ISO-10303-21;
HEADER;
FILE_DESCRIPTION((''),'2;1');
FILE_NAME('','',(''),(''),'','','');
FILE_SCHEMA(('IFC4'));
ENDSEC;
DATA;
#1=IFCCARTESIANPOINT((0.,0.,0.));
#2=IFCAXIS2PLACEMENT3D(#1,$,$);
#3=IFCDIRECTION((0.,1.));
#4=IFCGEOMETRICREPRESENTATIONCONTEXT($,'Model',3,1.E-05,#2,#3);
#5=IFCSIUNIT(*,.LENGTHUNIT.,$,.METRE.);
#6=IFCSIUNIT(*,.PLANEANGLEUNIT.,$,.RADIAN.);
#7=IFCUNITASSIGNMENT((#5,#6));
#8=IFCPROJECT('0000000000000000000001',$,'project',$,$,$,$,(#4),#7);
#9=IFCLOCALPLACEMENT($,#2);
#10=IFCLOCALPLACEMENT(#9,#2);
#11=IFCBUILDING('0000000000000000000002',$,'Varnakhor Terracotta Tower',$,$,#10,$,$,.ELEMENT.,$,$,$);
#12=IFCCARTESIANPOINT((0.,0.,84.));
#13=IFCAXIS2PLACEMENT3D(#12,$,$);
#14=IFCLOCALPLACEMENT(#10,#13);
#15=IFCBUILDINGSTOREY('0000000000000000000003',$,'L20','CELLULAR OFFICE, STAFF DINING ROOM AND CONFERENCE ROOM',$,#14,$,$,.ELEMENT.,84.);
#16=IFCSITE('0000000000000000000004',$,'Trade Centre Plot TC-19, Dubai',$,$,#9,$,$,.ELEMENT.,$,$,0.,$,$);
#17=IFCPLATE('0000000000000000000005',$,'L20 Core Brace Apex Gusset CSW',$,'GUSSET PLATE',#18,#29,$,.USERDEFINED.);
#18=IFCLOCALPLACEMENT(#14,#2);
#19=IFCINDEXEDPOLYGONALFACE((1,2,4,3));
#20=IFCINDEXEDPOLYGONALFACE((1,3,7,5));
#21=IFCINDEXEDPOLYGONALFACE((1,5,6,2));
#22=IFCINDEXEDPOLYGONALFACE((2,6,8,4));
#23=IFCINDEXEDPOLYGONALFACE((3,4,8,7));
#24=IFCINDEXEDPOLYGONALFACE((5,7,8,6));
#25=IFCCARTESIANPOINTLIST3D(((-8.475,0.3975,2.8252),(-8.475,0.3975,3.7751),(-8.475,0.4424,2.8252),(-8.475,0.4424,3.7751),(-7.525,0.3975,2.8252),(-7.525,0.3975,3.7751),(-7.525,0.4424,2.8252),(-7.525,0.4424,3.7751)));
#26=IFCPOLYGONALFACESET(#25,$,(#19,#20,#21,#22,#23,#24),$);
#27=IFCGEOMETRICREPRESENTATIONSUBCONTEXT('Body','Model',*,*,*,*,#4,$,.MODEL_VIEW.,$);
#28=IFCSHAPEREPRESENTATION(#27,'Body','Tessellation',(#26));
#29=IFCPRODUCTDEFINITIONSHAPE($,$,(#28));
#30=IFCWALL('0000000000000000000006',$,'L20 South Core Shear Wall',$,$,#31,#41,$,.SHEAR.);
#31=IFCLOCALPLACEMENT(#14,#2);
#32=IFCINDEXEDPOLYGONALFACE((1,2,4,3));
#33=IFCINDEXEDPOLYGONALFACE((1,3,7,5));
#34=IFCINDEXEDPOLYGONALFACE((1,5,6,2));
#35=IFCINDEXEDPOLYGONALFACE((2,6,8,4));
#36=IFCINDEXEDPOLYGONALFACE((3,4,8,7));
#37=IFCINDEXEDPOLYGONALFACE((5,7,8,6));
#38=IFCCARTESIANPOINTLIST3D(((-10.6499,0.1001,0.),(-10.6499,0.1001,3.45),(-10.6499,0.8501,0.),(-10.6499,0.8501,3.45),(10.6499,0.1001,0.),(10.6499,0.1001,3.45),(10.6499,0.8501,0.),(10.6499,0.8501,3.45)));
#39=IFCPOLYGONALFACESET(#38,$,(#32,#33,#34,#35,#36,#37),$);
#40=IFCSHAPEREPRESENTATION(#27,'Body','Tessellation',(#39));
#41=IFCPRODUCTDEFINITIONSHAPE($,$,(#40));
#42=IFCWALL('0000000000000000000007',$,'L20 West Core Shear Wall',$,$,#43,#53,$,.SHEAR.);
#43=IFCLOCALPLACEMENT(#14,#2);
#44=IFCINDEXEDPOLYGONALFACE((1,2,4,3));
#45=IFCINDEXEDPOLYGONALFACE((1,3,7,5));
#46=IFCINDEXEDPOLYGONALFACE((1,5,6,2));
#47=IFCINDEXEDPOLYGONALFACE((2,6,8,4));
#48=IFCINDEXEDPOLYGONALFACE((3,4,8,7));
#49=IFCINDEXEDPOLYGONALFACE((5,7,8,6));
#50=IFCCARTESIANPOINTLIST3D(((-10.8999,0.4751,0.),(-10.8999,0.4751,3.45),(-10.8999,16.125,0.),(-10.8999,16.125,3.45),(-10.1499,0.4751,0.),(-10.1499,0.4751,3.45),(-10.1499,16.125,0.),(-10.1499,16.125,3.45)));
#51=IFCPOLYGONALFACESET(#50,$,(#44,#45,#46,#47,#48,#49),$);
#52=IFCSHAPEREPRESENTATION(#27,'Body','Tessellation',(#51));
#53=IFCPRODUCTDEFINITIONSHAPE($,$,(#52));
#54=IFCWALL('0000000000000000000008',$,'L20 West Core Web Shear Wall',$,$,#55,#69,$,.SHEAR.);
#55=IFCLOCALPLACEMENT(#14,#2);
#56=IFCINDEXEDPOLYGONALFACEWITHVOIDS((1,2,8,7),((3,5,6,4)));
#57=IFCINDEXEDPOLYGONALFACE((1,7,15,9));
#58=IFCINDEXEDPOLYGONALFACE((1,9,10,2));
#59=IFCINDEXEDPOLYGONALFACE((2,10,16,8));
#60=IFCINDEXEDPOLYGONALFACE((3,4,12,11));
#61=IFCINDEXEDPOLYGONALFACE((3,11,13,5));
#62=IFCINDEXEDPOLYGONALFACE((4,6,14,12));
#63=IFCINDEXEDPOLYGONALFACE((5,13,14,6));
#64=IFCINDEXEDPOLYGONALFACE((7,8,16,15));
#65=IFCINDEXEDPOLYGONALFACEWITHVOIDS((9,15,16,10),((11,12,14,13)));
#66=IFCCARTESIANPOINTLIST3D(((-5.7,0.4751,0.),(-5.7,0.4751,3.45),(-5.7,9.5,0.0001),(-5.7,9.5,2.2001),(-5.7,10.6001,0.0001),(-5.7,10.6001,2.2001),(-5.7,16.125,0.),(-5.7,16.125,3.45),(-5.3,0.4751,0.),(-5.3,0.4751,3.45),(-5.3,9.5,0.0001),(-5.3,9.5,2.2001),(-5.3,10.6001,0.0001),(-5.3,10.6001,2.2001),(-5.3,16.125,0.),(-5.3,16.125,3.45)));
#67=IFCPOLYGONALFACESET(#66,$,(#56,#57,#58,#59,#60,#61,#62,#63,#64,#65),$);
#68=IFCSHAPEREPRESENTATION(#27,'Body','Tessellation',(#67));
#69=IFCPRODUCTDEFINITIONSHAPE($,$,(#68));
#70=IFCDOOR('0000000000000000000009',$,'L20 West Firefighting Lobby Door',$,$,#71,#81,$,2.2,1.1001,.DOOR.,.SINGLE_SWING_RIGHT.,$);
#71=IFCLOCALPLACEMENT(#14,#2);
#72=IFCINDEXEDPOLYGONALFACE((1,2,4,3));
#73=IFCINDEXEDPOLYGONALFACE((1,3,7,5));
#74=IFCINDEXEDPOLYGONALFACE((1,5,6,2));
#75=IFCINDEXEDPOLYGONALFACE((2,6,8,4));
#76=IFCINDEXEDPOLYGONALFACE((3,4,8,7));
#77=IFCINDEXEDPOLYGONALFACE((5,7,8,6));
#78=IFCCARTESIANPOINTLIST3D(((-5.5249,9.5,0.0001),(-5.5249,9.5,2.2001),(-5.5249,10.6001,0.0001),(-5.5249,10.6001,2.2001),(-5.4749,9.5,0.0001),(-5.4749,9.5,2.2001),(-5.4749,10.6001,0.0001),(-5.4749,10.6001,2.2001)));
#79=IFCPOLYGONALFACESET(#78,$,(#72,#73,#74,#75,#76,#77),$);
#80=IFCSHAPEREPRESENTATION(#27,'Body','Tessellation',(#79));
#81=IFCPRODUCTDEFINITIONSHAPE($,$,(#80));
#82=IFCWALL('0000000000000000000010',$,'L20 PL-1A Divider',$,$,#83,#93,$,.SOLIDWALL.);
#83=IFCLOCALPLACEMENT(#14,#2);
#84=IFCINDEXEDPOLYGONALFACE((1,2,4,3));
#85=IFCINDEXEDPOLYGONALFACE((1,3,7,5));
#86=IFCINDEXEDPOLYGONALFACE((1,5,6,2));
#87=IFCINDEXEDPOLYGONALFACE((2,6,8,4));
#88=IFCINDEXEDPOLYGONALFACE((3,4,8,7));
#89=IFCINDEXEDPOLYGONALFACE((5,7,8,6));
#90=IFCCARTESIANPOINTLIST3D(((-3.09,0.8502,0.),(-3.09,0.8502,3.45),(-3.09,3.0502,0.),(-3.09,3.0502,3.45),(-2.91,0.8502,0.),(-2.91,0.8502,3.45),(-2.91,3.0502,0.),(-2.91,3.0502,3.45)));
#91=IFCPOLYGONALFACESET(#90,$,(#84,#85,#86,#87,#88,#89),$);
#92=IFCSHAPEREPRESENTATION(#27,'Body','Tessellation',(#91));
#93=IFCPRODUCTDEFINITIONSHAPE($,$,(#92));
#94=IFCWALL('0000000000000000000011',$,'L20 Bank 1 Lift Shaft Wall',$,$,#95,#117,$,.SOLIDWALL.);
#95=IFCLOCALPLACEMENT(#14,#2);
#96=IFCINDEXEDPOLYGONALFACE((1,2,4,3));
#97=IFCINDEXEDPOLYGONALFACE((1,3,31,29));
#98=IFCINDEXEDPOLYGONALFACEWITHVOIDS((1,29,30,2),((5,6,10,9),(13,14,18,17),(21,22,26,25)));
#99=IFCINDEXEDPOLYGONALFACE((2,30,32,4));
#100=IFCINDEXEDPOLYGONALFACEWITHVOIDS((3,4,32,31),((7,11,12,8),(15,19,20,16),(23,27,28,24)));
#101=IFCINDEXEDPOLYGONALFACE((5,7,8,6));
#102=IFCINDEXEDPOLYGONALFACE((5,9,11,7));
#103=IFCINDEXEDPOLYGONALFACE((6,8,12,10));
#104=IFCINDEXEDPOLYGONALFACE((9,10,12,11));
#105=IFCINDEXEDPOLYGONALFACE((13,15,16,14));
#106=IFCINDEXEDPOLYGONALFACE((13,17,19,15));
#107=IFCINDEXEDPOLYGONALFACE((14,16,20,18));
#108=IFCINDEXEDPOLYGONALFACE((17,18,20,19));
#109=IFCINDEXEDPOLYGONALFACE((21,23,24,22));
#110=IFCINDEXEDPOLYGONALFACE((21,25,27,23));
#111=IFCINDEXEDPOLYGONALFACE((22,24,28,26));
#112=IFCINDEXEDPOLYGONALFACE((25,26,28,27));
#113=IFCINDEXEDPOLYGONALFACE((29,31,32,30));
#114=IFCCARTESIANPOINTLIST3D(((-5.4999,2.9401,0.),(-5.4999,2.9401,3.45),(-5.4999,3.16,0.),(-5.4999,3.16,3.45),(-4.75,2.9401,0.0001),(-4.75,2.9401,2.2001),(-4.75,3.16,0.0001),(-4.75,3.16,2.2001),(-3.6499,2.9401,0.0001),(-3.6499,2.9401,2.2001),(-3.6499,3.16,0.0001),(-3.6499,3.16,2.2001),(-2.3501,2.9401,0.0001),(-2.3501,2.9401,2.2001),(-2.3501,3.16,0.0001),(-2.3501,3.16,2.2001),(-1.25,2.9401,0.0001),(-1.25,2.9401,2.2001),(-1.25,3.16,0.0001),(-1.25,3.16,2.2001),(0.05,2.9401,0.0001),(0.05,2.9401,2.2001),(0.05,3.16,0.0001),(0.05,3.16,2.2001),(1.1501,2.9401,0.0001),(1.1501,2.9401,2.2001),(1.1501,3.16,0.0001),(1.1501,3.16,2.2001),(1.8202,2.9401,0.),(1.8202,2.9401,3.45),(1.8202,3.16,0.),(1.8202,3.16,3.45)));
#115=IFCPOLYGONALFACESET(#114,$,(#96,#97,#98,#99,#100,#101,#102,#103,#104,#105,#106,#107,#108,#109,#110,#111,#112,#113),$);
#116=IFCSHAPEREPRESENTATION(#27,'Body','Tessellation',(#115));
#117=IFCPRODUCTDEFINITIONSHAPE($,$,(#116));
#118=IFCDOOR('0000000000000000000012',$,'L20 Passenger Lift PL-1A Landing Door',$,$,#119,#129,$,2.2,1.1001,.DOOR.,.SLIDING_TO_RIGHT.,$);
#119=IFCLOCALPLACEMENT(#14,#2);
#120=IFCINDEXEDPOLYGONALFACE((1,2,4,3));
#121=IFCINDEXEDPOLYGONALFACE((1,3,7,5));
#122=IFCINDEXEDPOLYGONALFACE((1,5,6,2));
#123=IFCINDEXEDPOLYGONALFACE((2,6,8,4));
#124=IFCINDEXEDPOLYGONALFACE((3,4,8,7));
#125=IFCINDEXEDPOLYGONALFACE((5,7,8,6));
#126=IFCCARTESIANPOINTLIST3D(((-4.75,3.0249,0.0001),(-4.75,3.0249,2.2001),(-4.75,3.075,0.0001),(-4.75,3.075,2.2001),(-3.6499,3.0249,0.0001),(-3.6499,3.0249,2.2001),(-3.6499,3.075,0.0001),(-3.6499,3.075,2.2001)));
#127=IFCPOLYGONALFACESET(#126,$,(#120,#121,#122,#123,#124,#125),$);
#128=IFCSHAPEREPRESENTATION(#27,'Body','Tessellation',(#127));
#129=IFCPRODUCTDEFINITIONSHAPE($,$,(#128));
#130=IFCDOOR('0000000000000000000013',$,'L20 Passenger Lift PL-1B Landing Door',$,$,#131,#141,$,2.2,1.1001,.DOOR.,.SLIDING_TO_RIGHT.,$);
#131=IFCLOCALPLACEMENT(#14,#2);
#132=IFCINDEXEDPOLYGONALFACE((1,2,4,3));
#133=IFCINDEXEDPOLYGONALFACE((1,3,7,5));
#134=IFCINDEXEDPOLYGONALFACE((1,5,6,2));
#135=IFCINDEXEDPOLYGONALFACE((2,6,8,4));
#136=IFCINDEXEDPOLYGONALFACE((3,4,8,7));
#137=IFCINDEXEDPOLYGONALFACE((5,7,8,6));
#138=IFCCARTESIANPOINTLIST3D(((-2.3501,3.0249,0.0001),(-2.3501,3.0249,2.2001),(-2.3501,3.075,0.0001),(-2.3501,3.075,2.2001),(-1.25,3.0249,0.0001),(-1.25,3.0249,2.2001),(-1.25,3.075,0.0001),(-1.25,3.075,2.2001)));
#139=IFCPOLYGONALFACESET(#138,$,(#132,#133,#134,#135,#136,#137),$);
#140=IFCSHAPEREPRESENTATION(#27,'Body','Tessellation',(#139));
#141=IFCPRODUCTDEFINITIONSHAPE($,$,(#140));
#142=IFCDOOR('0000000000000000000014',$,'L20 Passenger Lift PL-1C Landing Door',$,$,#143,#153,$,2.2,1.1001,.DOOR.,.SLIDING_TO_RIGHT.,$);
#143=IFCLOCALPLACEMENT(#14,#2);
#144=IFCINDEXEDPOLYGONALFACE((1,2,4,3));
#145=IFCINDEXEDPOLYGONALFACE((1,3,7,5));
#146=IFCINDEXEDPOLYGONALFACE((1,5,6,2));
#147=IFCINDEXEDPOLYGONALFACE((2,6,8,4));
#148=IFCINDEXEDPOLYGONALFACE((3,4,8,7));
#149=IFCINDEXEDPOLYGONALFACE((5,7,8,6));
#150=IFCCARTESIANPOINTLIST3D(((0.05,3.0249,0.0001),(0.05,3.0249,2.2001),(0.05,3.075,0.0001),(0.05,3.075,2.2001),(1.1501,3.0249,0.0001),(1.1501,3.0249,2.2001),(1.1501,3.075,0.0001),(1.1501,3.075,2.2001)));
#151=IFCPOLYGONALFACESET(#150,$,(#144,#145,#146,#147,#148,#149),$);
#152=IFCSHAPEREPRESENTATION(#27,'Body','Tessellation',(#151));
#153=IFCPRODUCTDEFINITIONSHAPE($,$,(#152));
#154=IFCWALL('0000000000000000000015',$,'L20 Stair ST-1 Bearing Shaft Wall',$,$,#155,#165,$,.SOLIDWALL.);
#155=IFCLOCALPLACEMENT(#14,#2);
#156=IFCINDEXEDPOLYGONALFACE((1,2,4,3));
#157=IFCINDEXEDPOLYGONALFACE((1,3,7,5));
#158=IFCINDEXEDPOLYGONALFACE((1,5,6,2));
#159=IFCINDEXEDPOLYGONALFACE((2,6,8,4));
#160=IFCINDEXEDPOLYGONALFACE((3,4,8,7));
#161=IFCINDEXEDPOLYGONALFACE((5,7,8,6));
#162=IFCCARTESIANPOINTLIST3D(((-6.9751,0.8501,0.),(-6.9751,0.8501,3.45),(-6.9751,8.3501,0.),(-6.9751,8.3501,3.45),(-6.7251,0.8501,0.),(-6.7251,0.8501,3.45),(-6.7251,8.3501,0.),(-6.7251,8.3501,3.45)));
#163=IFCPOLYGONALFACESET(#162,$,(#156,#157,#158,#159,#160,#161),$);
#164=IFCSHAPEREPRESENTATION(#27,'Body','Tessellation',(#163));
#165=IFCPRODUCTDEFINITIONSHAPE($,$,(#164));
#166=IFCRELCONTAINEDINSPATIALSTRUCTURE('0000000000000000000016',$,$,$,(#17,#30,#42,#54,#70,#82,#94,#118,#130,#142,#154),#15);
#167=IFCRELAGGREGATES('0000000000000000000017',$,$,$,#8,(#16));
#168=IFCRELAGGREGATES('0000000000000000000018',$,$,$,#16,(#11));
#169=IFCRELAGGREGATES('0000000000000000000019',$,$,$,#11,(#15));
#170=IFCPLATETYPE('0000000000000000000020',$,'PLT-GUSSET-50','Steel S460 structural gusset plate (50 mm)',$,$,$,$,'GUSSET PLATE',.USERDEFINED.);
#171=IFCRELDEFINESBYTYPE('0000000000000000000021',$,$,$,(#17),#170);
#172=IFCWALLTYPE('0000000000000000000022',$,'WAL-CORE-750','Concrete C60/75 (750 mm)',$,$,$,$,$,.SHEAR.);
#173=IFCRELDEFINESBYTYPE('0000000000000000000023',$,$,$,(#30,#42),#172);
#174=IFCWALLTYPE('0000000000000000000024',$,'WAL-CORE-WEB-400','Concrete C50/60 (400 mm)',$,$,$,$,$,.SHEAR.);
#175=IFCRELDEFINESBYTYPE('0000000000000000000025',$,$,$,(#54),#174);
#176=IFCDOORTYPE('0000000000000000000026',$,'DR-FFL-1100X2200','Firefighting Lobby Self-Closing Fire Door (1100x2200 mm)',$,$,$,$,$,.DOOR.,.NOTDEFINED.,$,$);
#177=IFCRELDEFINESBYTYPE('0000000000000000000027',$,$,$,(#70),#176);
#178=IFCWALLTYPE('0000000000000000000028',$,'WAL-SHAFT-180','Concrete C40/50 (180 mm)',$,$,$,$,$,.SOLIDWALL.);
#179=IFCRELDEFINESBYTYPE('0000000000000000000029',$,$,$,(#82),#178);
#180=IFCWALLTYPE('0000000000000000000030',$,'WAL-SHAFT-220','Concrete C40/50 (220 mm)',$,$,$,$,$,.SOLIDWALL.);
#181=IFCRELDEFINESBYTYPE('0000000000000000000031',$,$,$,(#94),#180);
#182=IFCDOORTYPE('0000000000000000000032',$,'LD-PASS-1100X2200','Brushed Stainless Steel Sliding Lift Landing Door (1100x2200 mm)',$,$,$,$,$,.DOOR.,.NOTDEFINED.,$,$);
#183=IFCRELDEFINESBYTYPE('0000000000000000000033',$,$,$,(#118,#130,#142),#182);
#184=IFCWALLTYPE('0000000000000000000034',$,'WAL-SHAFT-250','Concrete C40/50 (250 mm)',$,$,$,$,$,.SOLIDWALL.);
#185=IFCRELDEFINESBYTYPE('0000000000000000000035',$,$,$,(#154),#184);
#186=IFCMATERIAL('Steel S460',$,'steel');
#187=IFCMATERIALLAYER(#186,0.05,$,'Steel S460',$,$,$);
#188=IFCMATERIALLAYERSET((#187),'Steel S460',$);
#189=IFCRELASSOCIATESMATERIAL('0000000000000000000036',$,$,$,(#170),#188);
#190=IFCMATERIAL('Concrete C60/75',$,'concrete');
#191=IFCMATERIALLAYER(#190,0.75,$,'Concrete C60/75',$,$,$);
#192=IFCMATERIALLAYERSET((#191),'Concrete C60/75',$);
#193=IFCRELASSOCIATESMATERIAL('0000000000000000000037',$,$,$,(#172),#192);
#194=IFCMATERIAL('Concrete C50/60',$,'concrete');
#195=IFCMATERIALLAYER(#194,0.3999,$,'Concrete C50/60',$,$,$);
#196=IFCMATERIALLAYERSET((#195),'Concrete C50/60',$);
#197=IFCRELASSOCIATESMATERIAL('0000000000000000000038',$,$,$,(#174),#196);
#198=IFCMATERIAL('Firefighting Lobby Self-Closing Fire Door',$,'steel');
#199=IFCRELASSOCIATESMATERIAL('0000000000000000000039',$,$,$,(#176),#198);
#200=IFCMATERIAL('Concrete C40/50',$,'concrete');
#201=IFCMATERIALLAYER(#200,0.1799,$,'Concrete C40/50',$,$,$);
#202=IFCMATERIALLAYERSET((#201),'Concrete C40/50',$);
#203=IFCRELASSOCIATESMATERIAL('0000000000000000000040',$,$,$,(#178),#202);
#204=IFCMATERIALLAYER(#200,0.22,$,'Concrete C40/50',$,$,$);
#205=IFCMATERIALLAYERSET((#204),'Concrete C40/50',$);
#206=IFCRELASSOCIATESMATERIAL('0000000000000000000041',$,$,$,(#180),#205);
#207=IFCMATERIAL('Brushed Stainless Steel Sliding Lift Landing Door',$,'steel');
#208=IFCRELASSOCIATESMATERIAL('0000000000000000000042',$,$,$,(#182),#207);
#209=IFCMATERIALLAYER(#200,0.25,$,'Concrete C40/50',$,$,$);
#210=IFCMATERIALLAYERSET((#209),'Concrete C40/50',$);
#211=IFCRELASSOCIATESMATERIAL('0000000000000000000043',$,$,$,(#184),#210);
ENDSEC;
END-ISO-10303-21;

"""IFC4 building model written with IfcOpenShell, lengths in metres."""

from ifc_helpers import new_model, si_unit, direction, frame, frame_2d, origin, origin_2d, place, context, subcontext, project, spatial, rectangle, extrude, source, transform, mapped, material, layer, layer_set, type_object, type_shapes, element, fill, save


model = new_model("IFC4")

# Units and contexts
model_context = context("Model", 3, precision=1e-05, world=origin(), true_north=direction((0.0, 1.0)))
body_context = subcontext(model_context, "Body", "Model", "MODEL_VIEW")
ifc_project = project(units=[si_unit("LENGTHUNIT", "METRE"), si_unit("PLANEANGLEUNIT", "RADIAN")], contexts=[model_context])

# Site, building, storey
site_placement = place(None, origin())
site = spatial("IfcSite", under=ifc_project, at=site_placement, Name="Trade Centre Plot TC-19, Dubai", CompositionType="ELEMENT", RefElevation=0.0)
building_placement = place(site_placement, origin())
building = spatial("IfcBuilding", under=site, at=building_placement, Name="Varnakhor Terracotta Tower", CompositionType="ELEMENT")
storey_placement = place(building_placement, frame((0.0, 0.0, 84.0)))
storey = spatial("IfcBuildingStorey", under=building, at=storey_placement, Name="L20", Description="CELLULAR OFFICE, STAFF DINING ROOM AND CONFERENCE ROOM", CompositionType="ELEMENT", Elevation=84.0)

# Shared definitions
ifc_material_1 = material(Name="Concrete C50/60", Category="concrete")

# Shared definitions
ifc_material_2 = material(Name="Steel S460", Category="steel")

# Plate
ifc_layer_1 = layer(ifc_material_2, 0.05, Name="Steel S460")
ifc_layer_set_1 = layer_set([ifc_layer_1], Name="Steel S460")
plate_type = type_object("IfcPlateType", Name="PLT-GUSSET-50", Description="Steel S460 structural gusset plate (50 mm)", ElementType="GUSSET PLATE", PredefinedType="USERDEFINED", material=ifc_layer_set_1)
shared_shape_1 = source(origin(), body_context, "Body", "SweptSolid", [
    extrude(rectangle(XDim=0.95, YDim=0.0449, at=origin_2d()), origin(), (0.0, 0.0, 1.0), 0.95),
])
plate_placement = place(storey_placement, frame((-8.0, 0.4199, 2.8252), z_axis=(0.0, 0.0, 1.0), x_axis=(1.0, 0.0, 0.0)))
element("IfcPlate", 1, at=plate_placement, inside=storey, type_object=plate_type, Name="L20 Core Brace Apex Gusset CSW", ObjectType="GUSSET PLATE", PredefinedType="USERDEFINED", context=body_context, shape_type="MappedRepresentation", body=[
    mapped(shared_shape_1, transform((0.0, 0.0, 0.0), scale=1.0)),
])

# Walls
ifc_material_3 = material(Name="Concrete C60/75", Category="concrete")
ifc_layer_2 = layer(ifc_material_3, 0.75, Name="Concrete C60/75")
ifc_layer_set_2 = layer_set([ifc_layer_2], Name="Concrete C60/75")
wall_type_1 = type_object("IfcWallType", Name="WAL-CORE-750", Description="Concrete C60/75 (750 mm)", PredefinedType="SHEAR", material=ifc_layer_set_2)
wall_1_placement = place(storey_placement, frame((-10.6499, 0.4751, 0.0), z_axis=(0.0, 0.0, 1.0), x_axis=(1.0, 0.0, 0.0)))
element("IfcWall", 2, at=wall_1_placement, inside=storey, type_object=wall_type_1, Name="L20 South Core Shear Wall", PredefinedType="SHEAR", context=body_context, shape_type="SweptSolid", body=[
    extrude(rectangle(XDim=21.2998, YDim=0.75, at=frame_2d((10.6499, 0.0))), origin(), (0.0, 0.0, 1.0), 3.45),
])
wall_2_placement = place(storey_placement, frame((-10.5249, 0.4751, 0.0), z_axis=(0.0, 0.0, 1.0), x_axis=(0.0, 1.0, 0.0)))
element("IfcWall", 3, at=wall_2_placement, inside=storey, type_object=wall_type_1, Name="L20 West Core Shear Wall", PredefinedType="SHEAR", context=body_context, shape_type="SweptSolid", body=[
    extrude(rectangle(XDim=15.6499, YDim=0.75, at=frame_2d((7.825, 0.0))), origin(), (0.0, 0.0, 1.0), 3.45),
])

# Wall, opening, door
ifc_layer_3 = layer(ifc_material_1, 0.3999, Name="Concrete C50/60")
ifc_layer_set_3 = layer_set([ifc_layer_3], Name="Concrete C50/60")
wall_type_2 = type_object("IfcWallType", Name="WAL-CORE-WEB-400", Description="Concrete C50/60 (400 mm)", PredefinedType="SHEAR", material=ifc_layer_set_3)
wall_3_placement = place(storey_placement, frame((-5.5, 0.4751, 0.0), z_axis=(0.0, 0.0, 1.0), x_axis=(0.0, 1.0, 0.0)))
wall_3 = element("IfcWall", 4, at=wall_3_placement, inside=storey, type_object=wall_type_2, Name="L20 West Core Web Shear Wall", PredefinedType="SHEAR", context=body_context, shape_type="SweptSolid", body=[
    extrude(rectangle(XDim=15.6499, YDim=0.3999, at=frame_2d((7.825, 0.0))), origin(), (0.0, 0.0, 1.0), 3.45),
])
opening_1_placement = place(wall_3_placement, frame((9.0249, 0.0, 0.0)))
opening_1 = element("IfcOpeningElement", 5, at=opening_1_placement, cuts=wall_3, PredefinedType="OPENING", context=body_context, shape_type="SweptSolid", body=[
    extrude(rectangle(XDim=1.1001, YDim=2.2, at=frame_2d((0.55, 1.1001))), frame((0.0, 0.21, 0.0), z_axis=(0.0, -1.0, 0.0), x_axis=(1.0, 0.0, 0.0)), (0.0, 0.0, 1.0), 0.4199),
])
ifc_material_4 = material(Name="Firefighting Lobby Self-Closing Fire Door", Category="steel")
door_type_1 = type_object("IfcDoorType", Name="DR-FFL-1100X2200", Description="Firefighting Lobby Self-Closing Fire Door (1100x2200 mm)", OperationType="NOTDEFINED", PredefinedType="DOOR", material=ifc_material_4)
shared_shape_2 = source(origin(), body_context, "Body", "SweptSolid", [
    extrude(rectangle(XDim=1.1001, YDim=2.2, at=frame_2d((0.55, 1.1001))), frame((0.0, 0.0249, 0.0), z_axis=(0.0, -1.0, 0.0), x_axis=(1.0, 0.0, 0.0)), (0.0, 0.0, 1.0), 0.05),
])
type_shapes(door_type_1, [shared_shape_2])
door_1_placement = place(opening_1_placement, origin())
door_1 = element("IfcDoor", 6, at=door_1_placement, inside=storey, type_object=door_type_1, Name="L20 West Firefighting Lobby Door", OperationType="SINGLE_SWING_RIGHT", OverallHeight=2.2, OverallWidth=1.1001, PredefinedType="DOOR", context=body_context, shape_type="MappedRepresentation", body=[
    mapped(shared_shape_2, transform((0.0, 0.0, 0.0), scale=1.0)),
])
fill(opening_1, door_1)

# Wall
ifc_material_5 = material(Name="Concrete C40/50", Category="concrete")
ifc_layer_4 = layer(ifc_material_5, 0.1799, Name="Concrete C40/50")
ifc_layer_set_4 = layer_set([ifc_layer_4], Name="Concrete C40/50")
wall_type_3 = type_object("IfcWallType", Name="WAL-SHAFT-180", Description="Concrete C40/50 (180 mm)", PredefinedType="SOLIDWALL", material=ifc_layer_set_4)
wall_4_placement = place(storey_placement, frame((-3.0, 0.8501, 0.0), z_axis=(0.0, 0.0, 1.0), x_axis=(0.0, 1.0, 0.0)))
element("IfcWall", 7, at=wall_4_placement, inside=storey, type_object=wall_type_3, Name="L20 PL-1A Divider", PredefinedType="SOLIDWALL", context=body_context, shape_type="SweptSolid", body=[
    extrude(rectangle(XDim=2.2, YDim=0.1799, at=frame_2d((1.1001, 0.0))), origin(), (0.0, 0.0, 1.0), 3.45),
])

# Wall, openings, doors
ifc_layer_5 = layer(ifc_material_5, 0.22, Name="Concrete C40/50")
ifc_layer_set_5 = layer_set([ifc_layer_5], Name="Concrete C40/50")
wall_type_4 = type_object("IfcWallType", Name="WAL-SHAFT-220", Description="Concrete C40/50 (220 mm)", PredefinedType="SOLIDWALL", material=ifc_layer_set_5)
wall_5_placement = place(storey_placement, frame((-5.5, 3.05, 0.0), z_axis=(0.0, 0.0, 1.0), x_axis=(1.0, 0.0, 0.0)))
wall_5 = element("IfcWall", 8, at=wall_5_placement, inside=storey, type_object=wall_type_4, Name="L20 Bank 1 Lift Shaft Wall", PredefinedType="SOLIDWALL", context=body_context, shape_type="SweptSolid", body=[
    extrude(rectangle(XDim=7.3201, YDim=0.22, at=frame_2d((3.6602, 0.0))), origin(), (0.0, 0.0, 1.0), 3.45),
])
opening_2_placement = place(wall_5_placement, frame((0.75, 0.0, 0.0)))
opening_2 = element("IfcOpeningElement", 9, at=opening_2_placement, cuts=wall_5, PredefinedType="OPENING", context=body_context, shape_type="SweptSolid", body=[
    extrude(rectangle(XDim=1.1001, YDim=2.2, at=frame_2d((0.55, 1.1001))), frame((0.0, 0.1201, 0.0), z_axis=(0.0, -1.0, 0.0), x_axis=(1.0, 0.0, 0.0)), (0.0, 0.0, 1.0), 0.24),
])
opening_3_placement = place(wall_5_placement, frame((3.1499, 0.0, 0.0)))
opening_3 = element("IfcOpeningElement", 10, at=opening_3_placement, cuts=wall_5, PredefinedType="OPENING", context=body_context, shape_type="SweptSolid", body=[
    extrude(rectangle(XDim=1.1001, YDim=2.2, at=frame_2d((0.55, 1.1001))), frame((0.0, 0.1201, 0.0), z_axis=(0.0, -1.0, 0.0), x_axis=(1.0, 0.0, 0.0)), (0.0, 0.0, 1.0), 0.24),
])
opening_4_placement = place(wall_5_placement, frame((5.55, 0.0, 0.0)))
opening_4 = element("IfcOpeningElement", 11, at=opening_4_placement, cuts=wall_5, PredefinedType="OPENING", context=body_context, shape_type="SweptSolid", body=[
    extrude(rectangle(XDim=1.1001, YDim=2.2, at=frame_2d((0.55, 1.1001))), frame((0.0, 0.1201, 0.0), z_axis=(0.0, -1.0, 0.0), x_axis=(1.0, 0.0, 0.0)), (0.0, 0.0, 1.0), 0.24),
])
ifc_material_6 = material(Name="Brushed Stainless Steel Sliding Lift Landing Door", Category="steel")
door_type_2 = type_object("IfcDoorType", Name="LD-PASS-1100X2200", Description="Brushed Stainless Steel Sliding Lift Landing Door (1100x2200 mm)", OperationType="NOTDEFINED", PredefinedType="DOOR", material=ifc_material_6)
shared_shape_3 = source(origin(), body_context, "Body", "SweptSolid", [
    extrude(rectangle(XDim=1.1001, YDim=2.2, at=frame_2d((0.55, 1.1001))), frame((0.0, 0.0249, 0.0), z_axis=(0.0, -1.0, 0.0), x_axis=(1.0, 0.0, 0.0)), (0.0, 0.0, 1.0), 0.05),
])
type_shapes(door_type_2, [shared_shape_3])
door_2_placement = place(opening_2_placement, origin())
door_2 = element("IfcDoor", 12, at=door_2_placement, inside=storey, type_object=door_type_2, Name="L20 Passenger Lift PL-1A Landing Door", OperationType="SLIDING_TO_RIGHT", OverallHeight=2.2, OverallWidth=1.1001, PredefinedType="DOOR", context=body_context, shape_type="MappedRepresentation", body=[
    mapped(shared_shape_3, transform((0.0, 0.0, 0.0), scale=1.0)),
])
fill(opening_2, door_2)
door_3_placement = place(opening_3_placement, origin())
door_3 = element("IfcDoor", 13, at=door_3_placement, inside=storey, type_object=door_type_2, Name="L20 Passenger Lift PL-1B Landing Door", OperationType="SLIDING_TO_RIGHT", OverallHeight=2.2, OverallWidth=1.1001, PredefinedType="DOOR", context=body_context, shape_type="MappedRepresentation", body=[
    mapped(shared_shape_3, transform((0.0, 0.0, 0.0), scale=1.0)),
])
fill(opening_3, door_3)
door_4_placement = place(opening_4_placement, origin())
door_4 = element("IfcDoor", 14, at=door_4_placement, inside=storey, type_object=door_type_2, Name="L20 Passenger Lift PL-1C Landing Door", OperationType="SLIDING_TO_RIGHT", OverallHeight=2.2, OverallWidth=1.1001, PredefinedType="DOOR", context=body_context, shape_type="MappedRepresentation", body=[
    mapped(shared_shape_3, transform((0.0, 0.0, 0.0), scale=1.0)),
])
fill(opening_4, door_4)

# Wall
ifc_layer_6 = layer(ifc_material_5, 0.25, Name="Concrete C40/50")
ifc_layer_set_6 = layer_set([ifc_layer_6], Name="Concrete C40/50")
wall_type_5 = type_object("IfcWallType", Name="WAL-SHAFT-250", Description="Concrete C40/50 (250 mm)", PredefinedType="SOLIDWALL", material=ifc_layer_set_6)
wall_6_placement = place(storey_placement, frame((-6.8501, 0.8501, 0.0), z_axis=(0.0, 0.0, 1.0), x_axis=(0.0, 1.0, 0.0)))
element("IfcWall", 15, at=wall_6_placement, inside=storey, type_object=wall_type_5, Name="L20 Stair ST-1 Bearing Shaft Wall", PredefinedType="SOLIDWALL", context=body_context, shape_type="SweptSolid", body=[
    extrude(rectangle(XDim=7.5, YDim=0.25, at=frame_2d((3.75, 0.0))), origin(), (0.0, 0.0, 1.0), 3.45),
])

save(model, "model.ifc")
